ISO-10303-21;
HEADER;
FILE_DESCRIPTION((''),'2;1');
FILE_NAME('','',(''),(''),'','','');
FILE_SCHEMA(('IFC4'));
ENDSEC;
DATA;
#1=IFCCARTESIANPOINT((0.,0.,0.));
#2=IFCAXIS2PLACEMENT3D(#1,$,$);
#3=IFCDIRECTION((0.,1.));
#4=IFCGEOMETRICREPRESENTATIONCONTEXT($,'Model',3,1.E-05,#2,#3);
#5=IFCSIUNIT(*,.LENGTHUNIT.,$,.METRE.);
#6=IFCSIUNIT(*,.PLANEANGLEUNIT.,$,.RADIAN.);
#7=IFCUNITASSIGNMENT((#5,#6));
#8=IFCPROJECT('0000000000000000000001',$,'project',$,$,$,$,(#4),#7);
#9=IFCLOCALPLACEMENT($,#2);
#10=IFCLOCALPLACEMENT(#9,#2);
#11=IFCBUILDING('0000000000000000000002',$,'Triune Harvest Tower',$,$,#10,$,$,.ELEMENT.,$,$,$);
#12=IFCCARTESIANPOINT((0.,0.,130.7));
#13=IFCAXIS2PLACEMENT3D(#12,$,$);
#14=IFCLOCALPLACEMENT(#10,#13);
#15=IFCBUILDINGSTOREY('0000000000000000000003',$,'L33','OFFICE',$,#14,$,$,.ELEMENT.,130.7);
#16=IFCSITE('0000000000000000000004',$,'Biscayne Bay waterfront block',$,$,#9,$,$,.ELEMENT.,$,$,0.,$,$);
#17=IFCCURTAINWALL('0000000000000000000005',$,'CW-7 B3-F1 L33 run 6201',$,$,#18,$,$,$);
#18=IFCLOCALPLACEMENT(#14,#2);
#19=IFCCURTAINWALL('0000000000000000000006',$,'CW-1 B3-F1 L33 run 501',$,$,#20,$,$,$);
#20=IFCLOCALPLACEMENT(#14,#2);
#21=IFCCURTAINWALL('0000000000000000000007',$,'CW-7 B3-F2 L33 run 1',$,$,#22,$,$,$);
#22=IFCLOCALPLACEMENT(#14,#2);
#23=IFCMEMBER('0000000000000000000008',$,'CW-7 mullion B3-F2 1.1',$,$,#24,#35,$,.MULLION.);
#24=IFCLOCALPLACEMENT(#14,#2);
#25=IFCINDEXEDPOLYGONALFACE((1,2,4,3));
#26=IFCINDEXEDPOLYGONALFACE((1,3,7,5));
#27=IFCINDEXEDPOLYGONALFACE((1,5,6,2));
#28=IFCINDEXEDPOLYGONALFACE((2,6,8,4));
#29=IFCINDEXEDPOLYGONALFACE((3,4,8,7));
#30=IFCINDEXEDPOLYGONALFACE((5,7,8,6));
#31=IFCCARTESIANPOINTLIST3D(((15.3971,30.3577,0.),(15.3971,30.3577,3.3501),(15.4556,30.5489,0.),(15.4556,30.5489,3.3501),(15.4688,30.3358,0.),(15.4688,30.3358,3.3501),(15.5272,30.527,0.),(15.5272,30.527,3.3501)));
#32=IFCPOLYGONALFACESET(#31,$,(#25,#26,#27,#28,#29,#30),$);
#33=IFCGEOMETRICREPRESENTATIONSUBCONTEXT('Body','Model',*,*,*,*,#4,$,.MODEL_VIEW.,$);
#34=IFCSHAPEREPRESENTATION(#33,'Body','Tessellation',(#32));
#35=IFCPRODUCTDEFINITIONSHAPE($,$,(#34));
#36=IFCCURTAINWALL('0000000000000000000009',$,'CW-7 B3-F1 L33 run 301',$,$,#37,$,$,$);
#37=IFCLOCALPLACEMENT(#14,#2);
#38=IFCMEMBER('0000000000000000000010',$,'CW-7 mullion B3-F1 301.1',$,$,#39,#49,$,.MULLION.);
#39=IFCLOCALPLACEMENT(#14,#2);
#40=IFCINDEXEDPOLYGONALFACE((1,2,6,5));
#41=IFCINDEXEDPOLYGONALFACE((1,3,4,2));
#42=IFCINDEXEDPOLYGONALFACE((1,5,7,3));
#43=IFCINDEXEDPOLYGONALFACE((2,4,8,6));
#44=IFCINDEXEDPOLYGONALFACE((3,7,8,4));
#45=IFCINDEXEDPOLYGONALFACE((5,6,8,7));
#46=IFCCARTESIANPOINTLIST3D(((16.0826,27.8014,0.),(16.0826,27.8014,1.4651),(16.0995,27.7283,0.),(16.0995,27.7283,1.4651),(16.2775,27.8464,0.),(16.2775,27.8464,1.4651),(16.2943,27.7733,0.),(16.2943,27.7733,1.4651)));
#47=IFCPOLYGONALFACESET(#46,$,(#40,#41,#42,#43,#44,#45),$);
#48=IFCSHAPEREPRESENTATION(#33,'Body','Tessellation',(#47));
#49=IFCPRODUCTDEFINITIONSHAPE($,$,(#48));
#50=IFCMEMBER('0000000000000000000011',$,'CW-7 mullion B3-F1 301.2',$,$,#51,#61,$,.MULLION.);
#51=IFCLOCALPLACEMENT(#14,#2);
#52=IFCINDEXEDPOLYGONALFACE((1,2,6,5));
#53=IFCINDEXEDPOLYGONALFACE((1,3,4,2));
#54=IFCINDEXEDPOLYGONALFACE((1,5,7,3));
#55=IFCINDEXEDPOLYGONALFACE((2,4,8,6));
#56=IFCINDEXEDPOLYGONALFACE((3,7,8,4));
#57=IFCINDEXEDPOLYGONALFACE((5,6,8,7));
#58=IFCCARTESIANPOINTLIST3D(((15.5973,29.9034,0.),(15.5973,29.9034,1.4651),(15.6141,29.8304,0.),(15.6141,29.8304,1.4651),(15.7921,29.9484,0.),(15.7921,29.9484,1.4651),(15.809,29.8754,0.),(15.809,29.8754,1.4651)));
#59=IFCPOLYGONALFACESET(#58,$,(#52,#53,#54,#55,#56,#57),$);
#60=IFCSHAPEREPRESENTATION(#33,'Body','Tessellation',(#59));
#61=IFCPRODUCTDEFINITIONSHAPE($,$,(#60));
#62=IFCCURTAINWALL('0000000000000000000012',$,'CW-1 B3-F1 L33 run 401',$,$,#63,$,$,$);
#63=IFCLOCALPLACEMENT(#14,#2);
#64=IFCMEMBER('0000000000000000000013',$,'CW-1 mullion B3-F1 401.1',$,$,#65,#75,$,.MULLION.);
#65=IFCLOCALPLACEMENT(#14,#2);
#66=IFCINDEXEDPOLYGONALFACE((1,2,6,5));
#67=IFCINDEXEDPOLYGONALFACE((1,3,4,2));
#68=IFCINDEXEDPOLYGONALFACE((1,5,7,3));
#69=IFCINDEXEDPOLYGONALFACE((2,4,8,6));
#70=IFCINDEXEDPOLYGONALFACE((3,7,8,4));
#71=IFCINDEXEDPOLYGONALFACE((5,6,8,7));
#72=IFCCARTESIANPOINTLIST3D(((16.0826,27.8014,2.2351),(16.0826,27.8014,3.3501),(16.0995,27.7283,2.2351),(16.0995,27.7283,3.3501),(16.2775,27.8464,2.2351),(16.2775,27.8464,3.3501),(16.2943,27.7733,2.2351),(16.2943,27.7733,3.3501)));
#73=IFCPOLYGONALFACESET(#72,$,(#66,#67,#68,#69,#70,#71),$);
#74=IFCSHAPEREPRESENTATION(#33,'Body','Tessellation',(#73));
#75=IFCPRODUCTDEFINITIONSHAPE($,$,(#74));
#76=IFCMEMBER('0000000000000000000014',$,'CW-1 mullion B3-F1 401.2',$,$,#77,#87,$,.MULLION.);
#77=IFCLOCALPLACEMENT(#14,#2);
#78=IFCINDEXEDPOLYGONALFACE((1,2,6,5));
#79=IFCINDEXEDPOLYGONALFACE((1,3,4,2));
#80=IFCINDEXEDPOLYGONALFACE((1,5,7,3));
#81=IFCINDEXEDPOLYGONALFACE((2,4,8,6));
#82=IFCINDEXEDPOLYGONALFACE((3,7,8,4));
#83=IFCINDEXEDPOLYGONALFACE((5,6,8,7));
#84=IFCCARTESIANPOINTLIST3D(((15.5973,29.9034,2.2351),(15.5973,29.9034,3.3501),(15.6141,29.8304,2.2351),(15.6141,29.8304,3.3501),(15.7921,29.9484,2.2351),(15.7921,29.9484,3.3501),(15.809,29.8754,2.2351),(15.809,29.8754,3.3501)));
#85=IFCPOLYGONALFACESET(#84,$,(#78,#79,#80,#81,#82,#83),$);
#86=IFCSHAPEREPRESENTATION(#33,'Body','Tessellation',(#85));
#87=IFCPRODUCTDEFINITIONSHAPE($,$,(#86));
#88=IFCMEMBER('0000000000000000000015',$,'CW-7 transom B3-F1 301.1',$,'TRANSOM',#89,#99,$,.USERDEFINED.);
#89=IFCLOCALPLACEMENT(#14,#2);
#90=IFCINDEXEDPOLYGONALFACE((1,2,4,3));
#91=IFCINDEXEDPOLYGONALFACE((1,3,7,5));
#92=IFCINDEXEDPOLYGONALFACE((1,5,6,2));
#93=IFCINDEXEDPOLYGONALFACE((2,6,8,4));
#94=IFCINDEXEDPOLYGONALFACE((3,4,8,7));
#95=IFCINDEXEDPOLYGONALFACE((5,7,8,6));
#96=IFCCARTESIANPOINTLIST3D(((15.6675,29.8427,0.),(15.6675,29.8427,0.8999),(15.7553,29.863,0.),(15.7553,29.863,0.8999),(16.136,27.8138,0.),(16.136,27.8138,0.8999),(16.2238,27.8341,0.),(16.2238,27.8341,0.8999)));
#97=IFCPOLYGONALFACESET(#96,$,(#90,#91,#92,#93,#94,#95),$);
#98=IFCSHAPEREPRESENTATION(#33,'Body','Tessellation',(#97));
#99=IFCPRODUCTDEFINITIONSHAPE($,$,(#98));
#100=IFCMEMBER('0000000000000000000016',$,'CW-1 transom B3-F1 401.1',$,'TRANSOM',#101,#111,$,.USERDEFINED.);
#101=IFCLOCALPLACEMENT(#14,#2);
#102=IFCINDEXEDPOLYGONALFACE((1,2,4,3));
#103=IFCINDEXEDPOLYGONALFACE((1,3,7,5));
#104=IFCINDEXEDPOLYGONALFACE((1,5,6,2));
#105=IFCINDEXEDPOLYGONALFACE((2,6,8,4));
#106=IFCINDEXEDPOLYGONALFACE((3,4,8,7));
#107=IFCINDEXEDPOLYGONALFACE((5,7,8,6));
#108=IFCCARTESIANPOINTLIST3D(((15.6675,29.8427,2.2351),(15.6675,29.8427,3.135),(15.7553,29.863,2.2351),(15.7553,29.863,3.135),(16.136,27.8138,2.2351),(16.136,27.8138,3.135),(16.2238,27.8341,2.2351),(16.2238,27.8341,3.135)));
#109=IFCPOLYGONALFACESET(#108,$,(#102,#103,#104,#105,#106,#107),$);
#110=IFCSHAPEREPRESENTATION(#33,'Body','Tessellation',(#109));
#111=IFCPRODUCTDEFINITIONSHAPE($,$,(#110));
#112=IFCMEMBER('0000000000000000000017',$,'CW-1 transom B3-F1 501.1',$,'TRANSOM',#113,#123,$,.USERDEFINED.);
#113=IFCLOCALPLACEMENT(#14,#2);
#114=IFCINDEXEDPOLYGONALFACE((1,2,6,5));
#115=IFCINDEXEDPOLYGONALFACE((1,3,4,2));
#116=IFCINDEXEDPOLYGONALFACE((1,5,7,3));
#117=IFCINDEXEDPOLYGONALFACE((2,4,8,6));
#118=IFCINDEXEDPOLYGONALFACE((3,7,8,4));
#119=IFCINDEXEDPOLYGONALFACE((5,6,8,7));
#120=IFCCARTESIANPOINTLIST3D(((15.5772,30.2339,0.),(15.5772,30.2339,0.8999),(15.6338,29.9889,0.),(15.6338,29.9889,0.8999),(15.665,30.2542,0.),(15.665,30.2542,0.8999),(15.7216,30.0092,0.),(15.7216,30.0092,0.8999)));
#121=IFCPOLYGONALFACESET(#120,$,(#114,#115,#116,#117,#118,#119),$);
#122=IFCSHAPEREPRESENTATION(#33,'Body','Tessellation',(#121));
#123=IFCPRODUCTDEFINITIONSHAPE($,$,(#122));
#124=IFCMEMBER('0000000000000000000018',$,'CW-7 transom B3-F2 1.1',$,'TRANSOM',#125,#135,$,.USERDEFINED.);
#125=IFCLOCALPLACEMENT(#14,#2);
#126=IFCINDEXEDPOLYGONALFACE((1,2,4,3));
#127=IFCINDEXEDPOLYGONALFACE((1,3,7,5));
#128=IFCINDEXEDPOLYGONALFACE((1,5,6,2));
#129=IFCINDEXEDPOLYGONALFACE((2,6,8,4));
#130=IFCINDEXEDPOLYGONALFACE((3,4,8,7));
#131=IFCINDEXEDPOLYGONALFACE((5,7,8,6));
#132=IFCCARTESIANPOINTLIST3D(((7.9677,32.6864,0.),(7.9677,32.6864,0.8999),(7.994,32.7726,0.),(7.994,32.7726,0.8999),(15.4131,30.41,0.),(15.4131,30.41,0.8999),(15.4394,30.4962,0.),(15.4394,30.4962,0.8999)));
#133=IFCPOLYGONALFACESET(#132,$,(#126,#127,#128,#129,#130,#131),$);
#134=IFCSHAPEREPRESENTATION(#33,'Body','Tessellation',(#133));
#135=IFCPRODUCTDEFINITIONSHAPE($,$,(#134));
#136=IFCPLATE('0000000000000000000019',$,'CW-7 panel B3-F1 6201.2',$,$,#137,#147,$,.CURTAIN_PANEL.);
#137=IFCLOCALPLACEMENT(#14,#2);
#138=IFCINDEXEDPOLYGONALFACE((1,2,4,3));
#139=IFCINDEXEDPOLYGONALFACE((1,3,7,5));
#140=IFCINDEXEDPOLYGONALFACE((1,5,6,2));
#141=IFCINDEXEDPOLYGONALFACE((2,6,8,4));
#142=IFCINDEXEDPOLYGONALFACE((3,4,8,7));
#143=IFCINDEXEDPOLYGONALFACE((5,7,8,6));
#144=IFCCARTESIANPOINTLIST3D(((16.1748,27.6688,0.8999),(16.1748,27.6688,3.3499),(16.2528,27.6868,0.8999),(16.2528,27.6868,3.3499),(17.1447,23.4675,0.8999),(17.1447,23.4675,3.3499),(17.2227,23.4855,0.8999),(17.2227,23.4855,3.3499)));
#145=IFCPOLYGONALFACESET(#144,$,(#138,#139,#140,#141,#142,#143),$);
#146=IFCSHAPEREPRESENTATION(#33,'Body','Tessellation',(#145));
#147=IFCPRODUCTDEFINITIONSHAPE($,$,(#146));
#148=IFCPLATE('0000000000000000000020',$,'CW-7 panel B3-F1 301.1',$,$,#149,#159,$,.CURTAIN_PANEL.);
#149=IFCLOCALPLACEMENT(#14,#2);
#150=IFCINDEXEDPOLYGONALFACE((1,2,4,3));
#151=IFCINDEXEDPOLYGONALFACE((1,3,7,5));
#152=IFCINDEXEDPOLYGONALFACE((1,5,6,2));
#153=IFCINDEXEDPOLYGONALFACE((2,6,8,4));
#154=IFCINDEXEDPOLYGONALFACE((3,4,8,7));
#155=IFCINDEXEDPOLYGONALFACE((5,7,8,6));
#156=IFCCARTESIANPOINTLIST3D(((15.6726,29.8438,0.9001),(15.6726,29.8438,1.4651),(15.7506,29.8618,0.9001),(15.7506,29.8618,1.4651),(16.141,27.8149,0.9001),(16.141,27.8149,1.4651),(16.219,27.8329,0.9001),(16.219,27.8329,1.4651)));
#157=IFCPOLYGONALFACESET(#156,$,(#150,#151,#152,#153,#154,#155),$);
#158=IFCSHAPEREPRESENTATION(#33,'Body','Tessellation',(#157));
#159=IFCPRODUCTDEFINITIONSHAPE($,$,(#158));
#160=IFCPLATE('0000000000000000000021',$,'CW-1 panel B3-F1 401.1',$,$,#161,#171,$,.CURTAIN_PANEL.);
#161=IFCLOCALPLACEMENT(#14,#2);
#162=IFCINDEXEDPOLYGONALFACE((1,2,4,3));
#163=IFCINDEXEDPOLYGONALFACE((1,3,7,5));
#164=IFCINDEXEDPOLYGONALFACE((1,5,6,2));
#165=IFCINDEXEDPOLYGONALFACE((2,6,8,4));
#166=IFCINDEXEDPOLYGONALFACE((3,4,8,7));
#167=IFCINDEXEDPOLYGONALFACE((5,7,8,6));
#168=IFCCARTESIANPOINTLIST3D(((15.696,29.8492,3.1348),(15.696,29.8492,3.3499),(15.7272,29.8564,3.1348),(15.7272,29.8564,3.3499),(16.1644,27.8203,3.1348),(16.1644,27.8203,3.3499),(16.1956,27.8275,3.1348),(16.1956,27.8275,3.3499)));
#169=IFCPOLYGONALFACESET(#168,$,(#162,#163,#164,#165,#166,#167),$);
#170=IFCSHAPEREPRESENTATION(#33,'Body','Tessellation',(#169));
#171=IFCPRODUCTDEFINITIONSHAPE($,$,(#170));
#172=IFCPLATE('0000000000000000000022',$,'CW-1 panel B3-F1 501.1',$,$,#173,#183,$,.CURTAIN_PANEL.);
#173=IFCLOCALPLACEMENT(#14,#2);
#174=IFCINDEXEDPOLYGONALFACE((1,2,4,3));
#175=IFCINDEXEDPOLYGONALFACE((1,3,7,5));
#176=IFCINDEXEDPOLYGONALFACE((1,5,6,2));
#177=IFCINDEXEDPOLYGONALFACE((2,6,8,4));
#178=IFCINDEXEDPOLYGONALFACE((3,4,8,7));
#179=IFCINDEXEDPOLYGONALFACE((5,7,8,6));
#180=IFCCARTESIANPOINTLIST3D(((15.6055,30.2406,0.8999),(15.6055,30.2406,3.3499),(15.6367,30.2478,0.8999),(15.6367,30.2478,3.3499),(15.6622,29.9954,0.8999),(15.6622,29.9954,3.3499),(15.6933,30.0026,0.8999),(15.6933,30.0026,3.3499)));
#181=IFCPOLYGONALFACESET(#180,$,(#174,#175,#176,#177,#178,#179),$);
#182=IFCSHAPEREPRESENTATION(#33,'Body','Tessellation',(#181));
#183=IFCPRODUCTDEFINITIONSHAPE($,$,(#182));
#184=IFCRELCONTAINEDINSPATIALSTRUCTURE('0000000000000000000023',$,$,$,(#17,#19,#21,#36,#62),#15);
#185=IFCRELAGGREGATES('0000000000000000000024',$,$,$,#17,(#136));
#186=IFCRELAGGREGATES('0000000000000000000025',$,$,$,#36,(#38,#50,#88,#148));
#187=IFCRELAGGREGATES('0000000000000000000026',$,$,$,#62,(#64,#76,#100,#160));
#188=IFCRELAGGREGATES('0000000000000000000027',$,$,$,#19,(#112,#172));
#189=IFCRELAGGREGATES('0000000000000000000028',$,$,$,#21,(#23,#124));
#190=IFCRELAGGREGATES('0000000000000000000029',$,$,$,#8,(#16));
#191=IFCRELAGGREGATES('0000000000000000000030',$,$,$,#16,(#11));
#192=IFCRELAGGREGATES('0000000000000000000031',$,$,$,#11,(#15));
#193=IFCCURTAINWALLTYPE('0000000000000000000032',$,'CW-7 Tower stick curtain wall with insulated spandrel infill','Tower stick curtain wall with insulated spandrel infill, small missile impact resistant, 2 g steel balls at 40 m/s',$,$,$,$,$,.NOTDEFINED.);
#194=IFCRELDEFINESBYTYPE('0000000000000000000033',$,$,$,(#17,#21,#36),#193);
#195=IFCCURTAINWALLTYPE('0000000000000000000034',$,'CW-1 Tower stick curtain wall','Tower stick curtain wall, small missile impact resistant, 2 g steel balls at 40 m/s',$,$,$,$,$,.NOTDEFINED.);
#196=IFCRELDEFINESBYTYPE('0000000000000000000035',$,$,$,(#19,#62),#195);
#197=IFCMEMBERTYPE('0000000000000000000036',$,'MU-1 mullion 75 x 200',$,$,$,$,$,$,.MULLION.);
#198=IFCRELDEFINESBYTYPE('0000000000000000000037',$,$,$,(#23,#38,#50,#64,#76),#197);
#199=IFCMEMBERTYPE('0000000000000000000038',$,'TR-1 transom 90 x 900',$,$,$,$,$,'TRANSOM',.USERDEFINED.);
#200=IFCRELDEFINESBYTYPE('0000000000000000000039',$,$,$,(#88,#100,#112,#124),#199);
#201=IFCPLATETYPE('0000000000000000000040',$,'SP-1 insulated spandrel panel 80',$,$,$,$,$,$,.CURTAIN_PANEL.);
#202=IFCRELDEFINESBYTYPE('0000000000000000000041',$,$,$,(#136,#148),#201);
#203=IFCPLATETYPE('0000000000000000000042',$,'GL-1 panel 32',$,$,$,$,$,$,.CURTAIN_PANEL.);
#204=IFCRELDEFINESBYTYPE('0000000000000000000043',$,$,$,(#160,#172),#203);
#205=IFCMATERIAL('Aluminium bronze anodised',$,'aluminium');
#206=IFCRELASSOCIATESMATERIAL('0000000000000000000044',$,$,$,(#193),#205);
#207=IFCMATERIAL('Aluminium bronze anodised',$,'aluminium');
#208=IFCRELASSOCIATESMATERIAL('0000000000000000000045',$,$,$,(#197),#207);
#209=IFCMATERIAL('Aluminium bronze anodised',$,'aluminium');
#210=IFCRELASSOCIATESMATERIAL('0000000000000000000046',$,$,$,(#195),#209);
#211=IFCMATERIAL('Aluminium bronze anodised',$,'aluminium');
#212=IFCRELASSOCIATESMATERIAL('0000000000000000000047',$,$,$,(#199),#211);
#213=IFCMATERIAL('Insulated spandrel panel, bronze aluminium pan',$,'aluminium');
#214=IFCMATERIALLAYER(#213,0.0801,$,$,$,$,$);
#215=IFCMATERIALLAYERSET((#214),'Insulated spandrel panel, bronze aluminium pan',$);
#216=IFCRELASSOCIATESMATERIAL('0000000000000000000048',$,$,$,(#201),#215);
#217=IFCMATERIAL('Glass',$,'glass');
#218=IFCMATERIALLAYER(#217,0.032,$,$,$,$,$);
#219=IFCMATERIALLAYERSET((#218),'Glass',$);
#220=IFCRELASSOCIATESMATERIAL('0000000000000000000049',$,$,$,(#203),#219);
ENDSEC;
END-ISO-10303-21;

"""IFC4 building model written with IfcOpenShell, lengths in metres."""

from ifc_helpers import new_model, si_unit, direction, frame, origin, origin_2d, place, context, subcontext, project, spatial, rectangle, extrude, source, transform, mapped, material, layer, layer_set, material_profile, profile_set, type_object, element, aggregate, save


model = new_model("IFC4")

# Units and contexts
model_context = context("Model", 3, precision=1e-05, world=origin(), true_north=direction((0.0, 1.0)))
body_context = subcontext(model_context, "Body", "Model", "MODEL_VIEW")
ifc_project = project(units=[si_unit("LENGTHUNIT", "METRE"), si_unit("PLANEANGLEUNIT", "RADIAN")], contexts=[model_context])

# Site, building, storey
site_placement = place(None, origin())
site = spatial("IfcSite", under=ifc_project, at=site_placement, Name="Biscayne Bay waterfront block", CompositionType="ELEMENT", RefElevation=0.0)
building_placement = place(site_placement, origin())
building = spatial("IfcBuilding", under=site, at=building_placement, Name="Triune Harvest Tower", CompositionType="ELEMENT")
storey_placement = place(building_placement, frame((0.0, 0.0, 130.7)))
storey = spatial("IfcBuildingStorey", under=building, at=storey_placement, Name="L33", Description="OFFICE", CompositionType="ELEMENT", Elevation=130.7)

# Curtain wall
ifc_material_1 = material(Name="Aluminium bronze anodised", Category="aluminium")
curtain_wall_type_1 = type_object("IfcCurtainWallType", Name="CW-7 Tower stick curtain wall with insulated spandrel infill", Description="Tower stick curtain wall with insulated spandrel infill, small missile impact resistant, 2 g steel balls at 40 m/s", PredefinedType="NOTDEFINED", material=ifc_material_1)
curtain_wall_1_placement = place(storey_placement, origin())
curtain_wall_1 = element("IfcCurtainWall", 1, at=curtain_wall_1_placement, inside=storey, type_object=curtain_wall_type_1, Name="CW-7 B3-F1 L33 run 6201")
ifc_material_2 = material(Name="Aluminium bronze anodised", Category="aluminium")
ifc_material_profile_1 = material_profile(ifc_material_2, rectangle(XDim=0.2, YDim=0.075, at=origin_2d()), Name="MU-1 mullion 75 x 200")
ifc_profile_set_1 = profile_set([ifc_material_profile_1], Name="Aluminium bronze anodised")
member_type_1 = type_object("IfcMemberType", Name="MU-1 mullion 75 x 200", PredefinedType="MULLION", material=ifc_profile_set_1)
shared_shape_1 = source(origin(), body_context, "Body", "SweptSolid", [
    extrude(rectangle(XDim=0.2, YDim=0.075, at=origin_2d()), origin(), (0.0, 0.0, 1.0), 3.3501),
])

# Curtain wall
ifc_material_3 = material(Name="Aluminium bronze anodised", Category="aluminium")
curtain_wall_type_2 = type_object("IfcCurtainWallType", Name="CW-1 Tower stick curtain wall", Description="Tower stick curtain wall, small missile impact resistant, 2 g steel balls at 40 m/s", PredefinedType="NOTDEFINED", material=ifc_material_3)
curtain_wall_2_placement = place(storey_placement, origin())
curtain_wall_2 = element("IfcCurtainWall", 2, at=curtain_wall_2_placement, inside=storey, type_object=curtain_wall_type_2, Name="CW-1 B3-F1 L33 run 501")

# Curtain wall, member
curtain_wall_3_placement = place(storey_placement, origin())
curtain_wall_3 = element("IfcCurtainWall", 3, at=curtain_wall_3_placement, inside=storey, type_object=curtain_wall_type_1, Name="CW-7 B3-F2 L33 run 1")
member_1_placement = place(storey_placement, frame((15.4622, 30.4424, 0.0), z_axis=(0.0, 0.0, 1.0), x_axis=(-0.292377, -0.956303, 0.0)))
member_1 = element("IfcMember", 4, at=member_1_placement, type_object=member_type_1, Name="CW-7 mullion B3-F2 1.1", PredefinedType="MULLION", context=body_context, shape_type="MappedRepresentation", body=[
    mapped(shared_shape_1, transform((0.0, 0.0, 0.0), scale=1.0)),
])

# Curtain walls, members
curtain_wall_4_placement = place(storey_placement, origin())
curtain_wall_4 = element("IfcCurtainWall", 5, at=curtain_wall_4_placement, inside=storey, type_object=curtain_wall_type_1, Name="CW-7 B3-F1 L33 run 301")
shared_shape_2 = source(origin(), body_context, "Body", "SweptSolid", [
    extrude(rectangle(XDim=0.2, YDim=0.075, at=origin_2d()), origin(), (0.0, 0.0, 1.0), 1.4651),
])
member_2_placement = place(storey_placement, frame((16.1885, 27.7874, 0.0), z_axis=(0.0, 0.0, 1.0), x_axis=(-0.974366, -0.224967, 0.0)))
member_2 = element("IfcMember", 6, at=member_2_placement, type_object=member_type_1, Name="CW-7 mullion B3-F1 301.1", PredefinedType="MULLION", context=body_context, shape_type="MappedRepresentation", body=[
    mapped(shared_shape_2, transform((0.0, 0.0, 0.0), scale=1.0)),
])
member_3_placement = place(storey_placement, frame((15.7031, 29.8894, 0.0), z_axis=(0.0, 0.0, 1.0), x_axis=(-0.974366, -0.224967, 0.0)))
member_3 = element("IfcMember", 7, at=member_3_placement, type_object=member_type_1, Name="CW-7 mullion B3-F1 301.2", PredefinedType="MULLION", context=body_context, shape_type="MappedRepresentation", body=[
    mapped(shared_shape_2, transform((0.0, 0.0, 0.0), scale=1.0)),
])
curtain_wall_5_placement = place(storey_placement, origin())
curtain_wall_5 = element("IfcCurtainWall", 8, at=curtain_wall_5_placement, inside=storey, type_object=curtain_wall_type_2, Name="CW-1 B3-F1 L33 run 401")
shared_shape_3 = source(origin(), body_context, "Body", "SweptSolid", [
    extrude(rectangle(XDim=0.2, YDim=0.075, at=origin_2d()), origin(), (0.0, 0.0, 1.0), 1.115),
])
member_4_placement = place(storey_placement, frame((16.1885, 27.7874, 2.2351), z_axis=(0.0, 0.0, 1.0), x_axis=(-0.974366, -0.224967, 0.0)))
member_4 = element("IfcMember", 9, at=member_4_placement, type_object=member_type_1, Name="CW-1 mullion B3-F1 401.1", PredefinedType="MULLION", context=body_context, shape_type="MappedRepresentation", body=[
    mapped(shared_shape_3, transform((0.0, 0.0, 0.0), scale=1.0)),
])
member_5_placement = place(storey_placement, frame((15.7031, 29.8894, 2.2351), z_axis=(0.0, 0.0, 1.0), x_axis=(-0.974366, -0.224967, 0.0)))
member_5 = element("IfcMember", 10, at=member_5_placement, type_object=member_type_1, Name="CW-1 mullion B3-F1 401.2", PredefinedType="MULLION", context=body_context, shape_type="MappedRepresentation", body=[
    mapped(shared_shape_3, transform((0.0, 0.0, 0.0), scale=1.0)),
])

# Members
ifc_material_4 = material(Name="Aluminium bronze anodised", Category="aluminium")
ifc_material_profile_2 = material_profile(ifc_material_4, rectangle(XDim=0.0901, YDim=0.8999, at=origin_2d()), Name="TR-1 transom 90 x 900")
ifc_profile_set_2 = profile_set([ifc_material_profile_2], Name="Aluminium bronze anodised")
member_type_2 = type_object("IfcMemberType", Name="TR-1 transom 90 x 900", ElementType="TRANSOM", PredefinedType="USERDEFINED", material=ifc_profile_set_2)
shared_shape_4 = source(origin(), body_context, "Body", "SweptSolid", [
    extrude(rectangle(XDim=0.0901, YDim=0.8999, at=origin_2d()), origin(), (0.0, 0.0, 1.0), 2.0823),
])
member_6_placement = place(storey_placement, frame((16.1799, 27.824, 0.45), z_axis=(-0.225005, 0.974358, 0.0), x_axis=(-0.974358, -0.225005, 0.0)))
member_6 = element("IfcMember", 11, at=member_6_placement, type_object=member_type_2, Name="CW-7 transom B3-F1 301.1", ObjectType="TRANSOM", PredefinedType="USERDEFINED", context=body_context, shape_type="MappedRepresentation", body=[
    mapped(shared_shape_4, transform((0.0, 0.0, 0.0), scale=1.0)),
])
member_7_placement = place(storey_placement, frame((16.1799, 27.824, 2.6851), z_axis=(-0.225005, 0.974358, 0.0), x_axis=(-0.974358, -0.225005, 0.0)))
member_7 = element("IfcMember", 12, at=member_7_placement, type_object=member_type_2, Name="CW-1 transom B3-F1 401.1", ObjectType="TRANSOM", PredefinedType="USERDEFINED", context=body_context, shape_type="MappedRepresentation", body=[
    mapped(shared_shape_4, transform((0.0, 0.0, 0.0), scale=1.0)),
])
shared_shape_5 = source(origin(), body_context, "Body", "SweptSolid", [
    extrude(rectangle(XDim=0.0901, YDim=0.8999, at=origin_2d()), origin(), (0.0, 0.0, 1.0), 0.2515),
])
member_8_placement = place(storey_placement, frame((15.6777, 29.999, 0.45), z_axis=(-0.225143, 0.974326, 0.0), x_axis=(-0.974326, -0.225143, 0.0)))
member_8 = element("IfcMember", 13, at=member_8_placement, type_object=member_type_2, Name="CW-1 transom B3-F1 501.1", ObjectType="TRANSOM", PredefinedType="USERDEFINED", context=body_context, shape_type="MappedRepresentation", body=[
    mapped(shared_shape_5, transform((0.0, 0.0, 0.0), scale=1.0)),
])
shared_shape_6 = source(origin(), body_context, "Body", "SweptSolid", [
    extrude(rectangle(XDim=0.0901, YDim=0.8999, at=origin_2d()), origin(), (0.0, 0.0, 1.0), 7.7856),
])
member_9_placement = place(storey_placement, frame((15.4263, 30.4531, 0.45), z_axis=(-0.956301, 0.292384, 0.0), x_axis=(-0.292384, -0.956301, 0.0)))
member_9 = element("IfcMember", 14, at=member_9_placement, type_object=member_type_2, Name="CW-7 transom B3-F2 1.1", ObjectType="TRANSOM", PredefinedType="USERDEFINED", context=body_context, shape_type="MappedRepresentation", body=[
    mapped(shared_shape_6, transform((0.0, 0.0, 0.0), scale=1.0)),
])

# Plates
ifc_material_5 = material(Name="Insulated spandrel panel, bronze aluminium pan", Category="aluminium")
ifc_layer_1 = layer(ifc_material_5, 0.0801)
ifc_layer_set_1 = layer_set([ifc_layer_1], Name="Insulated spandrel panel, bronze aluminium pan")
plate_type_1 = type_object("IfcPlateType", Name="SP-1 insulated spandrel panel 80", PredefinedType="CURTAIN_PANEL", material=ifc_layer_set_1)
shared_shape_7 = source(origin(), body_context, "Body", "SweptSolid", [
    extrude(rectangle(XDim=4.3118, YDim=0.0801, at=origin_2d()), origin(), (0.0, 0.0, 1.0), 2.45),
])
plate_1_placement = place(storey_placement, frame((16.6987, 25.5771, 0.8999), z_axis=(0.0, 0.0, 1.0), x_axis=(-0.224949, 0.974371, 0.0)))
plate_1 = element("IfcPlate", 15, at=plate_1_placement, type_object=plate_type_1, Name="CW-7 panel B3-F1 6201.2", PredefinedType="CURTAIN_PANEL", context=body_context, shape_type="MappedRepresentation", body=[
    mapped(shared_shape_7, transform((0.0, 0.0, 0.0), scale=1.0)),
])
aggregate(curtain_wall_1, [plate_1])
shared_shape_8 = source(origin(), body_context, "Body", "SweptSolid", [
    extrude(rectangle(XDim=2.0823, YDim=0.0801, at=origin_2d()), origin(), (0.0, 0.0, 1.0), 0.5649),
])
plate_2_placement = place(storey_placement, frame((15.9458, 28.8384, 0.9001), z_axis=(0.0, 0.0, 1.0), x_axis=(-0.224967, 0.974366, 0.0)))
plate_2 = element("IfcPlate", 16, at=plate_2_placement, type_object=plate_type_1, Name="CW-7 panel B3-F1 301.1", PredefinedType="CURTAIN_PANEL", context=body_context, shape_type="MappedRepresentation", body=[
    mapped(shared_shape_8, transform((0.0, 0.0, 0.0), scale=1.0)),
])
aggregate(curtain_wall_4, [member_2, member_3, member_6, plate_2])
ifc_material_6 = material(Name="Glass", Category="glass")
ifc_layer_2 = layer(ifc_material_6, 0.032)
ifc_layer_set_2 = layer_set([ifc_layer_2], Name="Glass")
plate_type_2 = type_object("IfcPlateType", Name="GL-1 panel 32", PredefinedType="CURTAIN_PANEL", material=ifc_layer_set_2)
shared_shape_9 = source(origin(), body_context, "Body", "SweptSolid", [
    extrude(rectangle(XDim=2.0823, YDim=0.032, at=origin_2d()), origin(), (0.0, 0.0, 1.0), 0.2151),
])
plate_3_placement = place(storey_placement, frame((15.9458, 28.8384, 3.1348), z_axis=(0.0, 0.0, 1.0), x_axis=(-0.224967, 0.974366, 0.0)))
plate_3 = element("IfcPlate", 17, at=plate_3_placement, type_object=plate_type_2, Name="CW-1 panel B3-F1 401.1", PredefinedType="CURTAIN_PANEL", context=body_context, shape_type="MappedRepresentation", body=[
    mapped(shared_shape_9, transform((0.0, 0.0, 0.0), scale=1.0)),
])
aggregate(curtain_wall_5, [member_4, member_5, member_7, plate_3])
shared_shape_10 = source(origin(), body_context, "Body", "SweptSolid", [
    extrude(rectangle(XDim=0.2517, YDim=0.032, at=origin_2d()), origin(), (0.0, 0.0, 1.0), 2.45),
])
plate_4_placement = place(storey_placement, frame((15.6494, 30.1216, 0.8999), z_axis=(0.0, 0.0, 1.0), x_axis=(-0.225041, 0.974349, 0.0)))
plate_4 = element("IfcPlate", 18, at=plate_4_placement, type_object=plate_type_2, Name="CW-1 panel B3-F1 501.1", PredefinedType="CURTAIN_PANEL", context=body_context, shape_type="MappedRepresentation", body=[
    mapped(shared_shape_10, transform((0.0, 0.0, 0.0), scale=1.0)),
])
aggregate(curtain_wall_2, [member_8, plate_4])
aggregate(curtain_wall_3, [member_1, member_9])

save(model, "model.ifc")
